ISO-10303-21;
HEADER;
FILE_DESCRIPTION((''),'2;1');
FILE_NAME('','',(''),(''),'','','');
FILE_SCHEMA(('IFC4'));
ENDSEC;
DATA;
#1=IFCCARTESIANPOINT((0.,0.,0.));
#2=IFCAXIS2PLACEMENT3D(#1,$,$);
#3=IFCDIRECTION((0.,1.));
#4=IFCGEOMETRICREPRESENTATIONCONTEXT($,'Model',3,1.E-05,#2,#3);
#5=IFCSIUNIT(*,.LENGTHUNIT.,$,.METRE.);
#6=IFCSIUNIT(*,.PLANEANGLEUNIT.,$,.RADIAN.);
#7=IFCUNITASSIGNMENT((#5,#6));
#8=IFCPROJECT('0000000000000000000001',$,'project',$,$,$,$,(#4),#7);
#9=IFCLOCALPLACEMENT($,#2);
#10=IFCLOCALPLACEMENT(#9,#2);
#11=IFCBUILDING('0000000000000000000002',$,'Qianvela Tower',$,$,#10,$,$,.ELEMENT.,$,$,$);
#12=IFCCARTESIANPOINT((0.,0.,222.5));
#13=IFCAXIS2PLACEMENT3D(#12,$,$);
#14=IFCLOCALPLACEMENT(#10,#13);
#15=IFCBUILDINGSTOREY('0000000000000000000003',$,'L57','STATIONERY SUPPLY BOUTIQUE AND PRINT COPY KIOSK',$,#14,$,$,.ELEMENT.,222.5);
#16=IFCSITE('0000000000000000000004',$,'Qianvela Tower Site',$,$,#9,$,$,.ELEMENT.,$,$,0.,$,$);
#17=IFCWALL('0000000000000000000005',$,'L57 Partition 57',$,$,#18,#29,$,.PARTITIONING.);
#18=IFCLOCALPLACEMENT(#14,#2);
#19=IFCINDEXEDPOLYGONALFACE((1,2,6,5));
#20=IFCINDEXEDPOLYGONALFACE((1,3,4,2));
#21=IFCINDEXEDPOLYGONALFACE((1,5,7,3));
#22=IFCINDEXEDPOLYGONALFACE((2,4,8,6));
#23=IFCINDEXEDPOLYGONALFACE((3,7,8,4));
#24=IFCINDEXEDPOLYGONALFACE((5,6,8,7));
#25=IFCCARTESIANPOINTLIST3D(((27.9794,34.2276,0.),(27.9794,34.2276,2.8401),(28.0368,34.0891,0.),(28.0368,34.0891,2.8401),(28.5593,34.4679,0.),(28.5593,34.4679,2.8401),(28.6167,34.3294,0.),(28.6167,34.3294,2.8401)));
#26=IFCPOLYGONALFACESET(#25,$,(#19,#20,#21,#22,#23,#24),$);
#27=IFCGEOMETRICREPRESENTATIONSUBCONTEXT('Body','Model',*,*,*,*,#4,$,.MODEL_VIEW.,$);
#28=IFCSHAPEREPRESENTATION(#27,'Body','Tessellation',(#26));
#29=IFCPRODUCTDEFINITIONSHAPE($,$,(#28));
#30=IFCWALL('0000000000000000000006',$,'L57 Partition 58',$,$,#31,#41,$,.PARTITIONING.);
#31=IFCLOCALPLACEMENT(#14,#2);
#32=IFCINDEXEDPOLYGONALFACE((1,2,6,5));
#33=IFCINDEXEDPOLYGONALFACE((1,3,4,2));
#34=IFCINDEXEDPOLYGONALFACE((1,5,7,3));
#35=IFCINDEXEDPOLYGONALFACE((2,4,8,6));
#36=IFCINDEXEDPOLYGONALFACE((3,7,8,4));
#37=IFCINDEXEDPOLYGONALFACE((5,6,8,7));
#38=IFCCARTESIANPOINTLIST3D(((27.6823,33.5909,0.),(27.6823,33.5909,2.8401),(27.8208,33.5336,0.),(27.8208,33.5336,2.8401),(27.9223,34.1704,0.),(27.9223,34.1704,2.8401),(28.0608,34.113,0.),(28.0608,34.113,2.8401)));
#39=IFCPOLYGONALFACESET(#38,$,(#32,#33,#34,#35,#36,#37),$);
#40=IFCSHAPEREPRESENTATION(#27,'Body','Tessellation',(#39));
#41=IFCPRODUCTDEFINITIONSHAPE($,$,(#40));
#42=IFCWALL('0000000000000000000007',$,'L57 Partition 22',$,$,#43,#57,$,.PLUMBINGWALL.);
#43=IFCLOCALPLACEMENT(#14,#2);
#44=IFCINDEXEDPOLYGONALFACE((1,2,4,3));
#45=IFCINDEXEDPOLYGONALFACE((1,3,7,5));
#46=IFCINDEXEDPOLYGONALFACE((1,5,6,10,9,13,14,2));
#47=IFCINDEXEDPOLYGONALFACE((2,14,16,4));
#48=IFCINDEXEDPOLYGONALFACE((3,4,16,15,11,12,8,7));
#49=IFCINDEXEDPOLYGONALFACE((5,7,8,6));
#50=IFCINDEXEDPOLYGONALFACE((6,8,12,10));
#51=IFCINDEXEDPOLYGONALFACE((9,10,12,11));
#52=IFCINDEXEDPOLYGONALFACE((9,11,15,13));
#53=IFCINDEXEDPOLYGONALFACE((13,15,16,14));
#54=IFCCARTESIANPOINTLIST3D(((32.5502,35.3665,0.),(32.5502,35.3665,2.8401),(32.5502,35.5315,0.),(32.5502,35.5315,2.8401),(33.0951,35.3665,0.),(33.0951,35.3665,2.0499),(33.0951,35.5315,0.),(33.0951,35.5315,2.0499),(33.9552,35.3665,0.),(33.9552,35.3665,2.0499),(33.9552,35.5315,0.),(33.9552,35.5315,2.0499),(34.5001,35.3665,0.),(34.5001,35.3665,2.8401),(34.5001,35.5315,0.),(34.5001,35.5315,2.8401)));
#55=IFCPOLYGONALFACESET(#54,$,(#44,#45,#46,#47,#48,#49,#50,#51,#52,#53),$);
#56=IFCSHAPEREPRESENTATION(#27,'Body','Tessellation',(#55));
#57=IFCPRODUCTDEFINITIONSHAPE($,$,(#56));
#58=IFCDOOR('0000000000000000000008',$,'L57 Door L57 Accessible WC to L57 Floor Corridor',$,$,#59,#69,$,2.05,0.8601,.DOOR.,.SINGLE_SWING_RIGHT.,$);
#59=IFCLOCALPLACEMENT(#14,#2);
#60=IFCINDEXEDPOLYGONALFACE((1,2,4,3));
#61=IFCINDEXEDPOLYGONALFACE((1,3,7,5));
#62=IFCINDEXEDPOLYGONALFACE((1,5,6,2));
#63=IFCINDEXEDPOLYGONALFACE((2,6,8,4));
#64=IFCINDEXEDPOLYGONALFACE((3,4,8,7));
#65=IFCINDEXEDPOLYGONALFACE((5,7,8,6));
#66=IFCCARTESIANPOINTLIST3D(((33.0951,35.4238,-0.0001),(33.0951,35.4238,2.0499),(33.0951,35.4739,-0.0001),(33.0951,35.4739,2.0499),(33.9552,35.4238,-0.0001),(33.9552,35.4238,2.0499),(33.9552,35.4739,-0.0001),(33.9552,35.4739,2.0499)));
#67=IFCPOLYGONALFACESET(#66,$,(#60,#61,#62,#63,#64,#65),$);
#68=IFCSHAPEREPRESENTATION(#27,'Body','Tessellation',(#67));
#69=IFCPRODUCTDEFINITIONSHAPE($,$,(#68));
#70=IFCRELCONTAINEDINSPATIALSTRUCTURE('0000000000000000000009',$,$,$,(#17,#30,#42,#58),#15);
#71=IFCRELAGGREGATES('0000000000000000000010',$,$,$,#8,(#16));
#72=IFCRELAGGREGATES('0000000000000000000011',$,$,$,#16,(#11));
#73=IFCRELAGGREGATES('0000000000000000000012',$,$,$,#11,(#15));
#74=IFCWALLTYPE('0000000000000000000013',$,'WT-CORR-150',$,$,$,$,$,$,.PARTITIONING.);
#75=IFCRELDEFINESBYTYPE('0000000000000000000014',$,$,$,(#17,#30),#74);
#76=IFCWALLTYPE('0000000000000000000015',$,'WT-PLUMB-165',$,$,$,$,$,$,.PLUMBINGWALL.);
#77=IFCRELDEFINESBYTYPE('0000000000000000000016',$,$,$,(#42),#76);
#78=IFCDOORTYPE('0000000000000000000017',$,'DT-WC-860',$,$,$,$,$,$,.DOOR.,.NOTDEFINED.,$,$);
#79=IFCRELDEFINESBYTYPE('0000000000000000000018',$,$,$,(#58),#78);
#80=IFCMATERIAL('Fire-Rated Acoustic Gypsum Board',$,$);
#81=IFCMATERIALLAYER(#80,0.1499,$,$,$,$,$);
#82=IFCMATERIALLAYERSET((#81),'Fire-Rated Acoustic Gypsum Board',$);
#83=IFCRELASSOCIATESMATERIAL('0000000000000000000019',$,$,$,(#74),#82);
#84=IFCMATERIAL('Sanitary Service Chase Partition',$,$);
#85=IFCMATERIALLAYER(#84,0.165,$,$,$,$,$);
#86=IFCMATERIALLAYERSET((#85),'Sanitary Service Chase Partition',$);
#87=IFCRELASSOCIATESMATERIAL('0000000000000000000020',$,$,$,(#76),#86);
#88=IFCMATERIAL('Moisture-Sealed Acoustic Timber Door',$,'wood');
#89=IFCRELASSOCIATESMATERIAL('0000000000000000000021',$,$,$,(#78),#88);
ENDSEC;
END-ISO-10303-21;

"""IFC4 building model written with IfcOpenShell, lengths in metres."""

from ifc_helpers import new_model, si_unit, direction, frame, frame_2d, origin, place, context, subcontext, project, spatial, rectangle, extrude, material, layer, layer_set, type_object, element, fill, save


model = new_model("IFC4")

# Units and contexts
model_context = context("Model", 3, precision=1e-05, world=origin(), true_north=direction((0.0, 1.0)))
body_context = subcontext(model_context, "Body", "Model", "MODEL_VIEW")
ifc_project = project(units=[si_unit("LENGTHUNIT", "METRE"), si_unit("PLANEANGLEUNIT", "RADIAN")], contexts=[model_context])

# Site, building, storey
site_placement = place(None, origin())
site = spatial("IfcSite", under=ifc_project, at=site_placement, Name="Qianvela Tower Site", CompositionType="ELEMENT", RefElevation=0.0)
building_placement = place(site_placement, origin())
building = spatial("IfcBuilding", under=site, at=building_placement, Name="Qianvela Tower", CompositionType="ELEMENT")
storey_placement = place(building_placement, frame((0.0, 0.0, 222.5)))
storey = spatial("IfcBuildingStorey", under=building, at=storey_placement, Name="L57", Description="STATIONERY SUPPLY BOUTIQUE AND PRINT COPY KIOSK", CompositionType="ELEMENT", Elevation=222.5)

# Shared definitions
ifc_material_1 = material(Name="Fire-Rated Acoustic Gypsum Board")
ifc_layer_1 = layer(ifc_material_1, 0.1499)
ifc_layer_set_1 = layer_set([ifc_layer_1], Name="Fire-Rated Acoustic Gypsum Board")
wall_type_1 = type_object("IfcWallType", Name="WT-CORR-150", PredefinedType="PARTITIONING", material=ifc_layer_set_1)

# Walls
wall_1_placement = place(storey_placement, frame((28.5881, 34.3987, 0.0), z_axis=(0.0, 0.0, 1.0), x_axis=(-0.923846, -0.382764, 0.0)))
element("IfcWall", 1, at=wall_1_placement, inside=storey, type_object=wall_type_1, Name="L57 Partition 57", PredefinedType="PARTITIONING", context=body_context, shape_type="SweptSolid", body=[
    extrude(rectangle(XDim=0.6277, YDim=0.1499, at=frame_2d((0.314, 0.0))), origin(), (0.0, 0.0, 1.0), 2.8401),
])
wall_2_placement = place(storey_placement, frame((27.9915, 34.1416, 0.0), z_axis=(0.0, 0.0, 1.0), x_axis=(-0.382569, -0.923927, 0.0)))
element("IfcWall", 2, at=wall_2_placement, inside=storey, type_object=wall_type_1, Name="L57 Partition 58", PredefinedType="PARTITIONING", context=body_context, shape_type="SweptSolid", body=[
    extrude(rectangle(XDim=0.6272, YDim=0.1499, at=frame_2d((0.3135, 0.0))), origin(), (0.0, 0.0, 1.0), 2.8401),
])

# Wall, opening, door
ifc_material_2 = material(Name="Sanitary Service Chase Partition")
ifc_layer_2 = layer(ifc_material_2, 0.165)
ifc_layer_set_2 = layer_set([ifc_layer_2], Name="Sanitary Service Chase Partition")
wall_type_2 = type_object("IfcWallType", Name="WT-PLUMB-165", PredefinedType="PLUMBINGWALL", material=ifc_layer_set_2)
wall_3_placement = place(storey_placement, frame((32.55, 35.449, 0.0), z_axis=(0.0, 0.0, 1.0), x_axis=(1.0, 0.0, 0.0)))
wall_3 = element("IfcWall", 3, at=wall_3_placement, inside=storey, type_object=wall_type_2, Name="L57 Partition 22", PredefinedType="PLUMBINGWALL", context=body_context, shape_type="SweptSolid", body=[
    extrude(rectangle(XDim=1.95, YDim=0.165, at=frame_2d((0.9751, 0.0))), origin(), (0.0, 0.0, 1.0), 2.8401),
])
opening_1_placement = place(wall_3_placement, frame((0.5449, 0.0, 0.0)))
opening_1 = element("IfcOpeningElement", 4, at=opening_1_placement, cuts=wall_3, PredefinedType="OPENING", context=body_context, shape_type="SweptSolid", body=[
    extrude(rectangle(XDim=0.8601, YDim=2.05, at=frame_2d((0.4302, 1.0249))), frame((0.0, 0.0925, 0.0), z_axis=(0.0, -1.0, 0.0), x_axis=(1.0, 0.0, 0.0)), (0.0, 0.0, 1.0), 0.1851),
])
ifc_material_3 = material(Name="Moisture-Sealed Acoustic Timber Door", Category="wood")
door_type_1 = type_object("IfcDoorType", Name="DT-WC-860", OperationType="NOTDEFINED", PredefinedType="DOOR", material=ifc_material_3)
door_1_placement = place(opening_1_placement, origin())
door_1 = element("IfcDoor", 5, at=door_1_placement, inside=storey, type_object=door_type_1, Name="L57 Door L57 Accessible WC to L57 Floor Corridor", OperationType="SINGLE_SWING_RIGHT", OverallHeight=2.05, OverallWidth=0.8601, PredefinedType="DOOR", context=body_context, shape_type="SweptSolid", body=[
    extrude(rectangle(XDim=0.8601, YDim=2.05, at=frame_2d((0.4302, 1.0249))), frame((0.0, 0.0249, 0.0), z_axis=(0.0, -1.0, 0.0), x_axis=(1.0, 0.0, 0.0)), (0.0, 0.0, 1.0), 0.05),
])
fill(opening_1, door_1)

save(model, "model.ifc")
